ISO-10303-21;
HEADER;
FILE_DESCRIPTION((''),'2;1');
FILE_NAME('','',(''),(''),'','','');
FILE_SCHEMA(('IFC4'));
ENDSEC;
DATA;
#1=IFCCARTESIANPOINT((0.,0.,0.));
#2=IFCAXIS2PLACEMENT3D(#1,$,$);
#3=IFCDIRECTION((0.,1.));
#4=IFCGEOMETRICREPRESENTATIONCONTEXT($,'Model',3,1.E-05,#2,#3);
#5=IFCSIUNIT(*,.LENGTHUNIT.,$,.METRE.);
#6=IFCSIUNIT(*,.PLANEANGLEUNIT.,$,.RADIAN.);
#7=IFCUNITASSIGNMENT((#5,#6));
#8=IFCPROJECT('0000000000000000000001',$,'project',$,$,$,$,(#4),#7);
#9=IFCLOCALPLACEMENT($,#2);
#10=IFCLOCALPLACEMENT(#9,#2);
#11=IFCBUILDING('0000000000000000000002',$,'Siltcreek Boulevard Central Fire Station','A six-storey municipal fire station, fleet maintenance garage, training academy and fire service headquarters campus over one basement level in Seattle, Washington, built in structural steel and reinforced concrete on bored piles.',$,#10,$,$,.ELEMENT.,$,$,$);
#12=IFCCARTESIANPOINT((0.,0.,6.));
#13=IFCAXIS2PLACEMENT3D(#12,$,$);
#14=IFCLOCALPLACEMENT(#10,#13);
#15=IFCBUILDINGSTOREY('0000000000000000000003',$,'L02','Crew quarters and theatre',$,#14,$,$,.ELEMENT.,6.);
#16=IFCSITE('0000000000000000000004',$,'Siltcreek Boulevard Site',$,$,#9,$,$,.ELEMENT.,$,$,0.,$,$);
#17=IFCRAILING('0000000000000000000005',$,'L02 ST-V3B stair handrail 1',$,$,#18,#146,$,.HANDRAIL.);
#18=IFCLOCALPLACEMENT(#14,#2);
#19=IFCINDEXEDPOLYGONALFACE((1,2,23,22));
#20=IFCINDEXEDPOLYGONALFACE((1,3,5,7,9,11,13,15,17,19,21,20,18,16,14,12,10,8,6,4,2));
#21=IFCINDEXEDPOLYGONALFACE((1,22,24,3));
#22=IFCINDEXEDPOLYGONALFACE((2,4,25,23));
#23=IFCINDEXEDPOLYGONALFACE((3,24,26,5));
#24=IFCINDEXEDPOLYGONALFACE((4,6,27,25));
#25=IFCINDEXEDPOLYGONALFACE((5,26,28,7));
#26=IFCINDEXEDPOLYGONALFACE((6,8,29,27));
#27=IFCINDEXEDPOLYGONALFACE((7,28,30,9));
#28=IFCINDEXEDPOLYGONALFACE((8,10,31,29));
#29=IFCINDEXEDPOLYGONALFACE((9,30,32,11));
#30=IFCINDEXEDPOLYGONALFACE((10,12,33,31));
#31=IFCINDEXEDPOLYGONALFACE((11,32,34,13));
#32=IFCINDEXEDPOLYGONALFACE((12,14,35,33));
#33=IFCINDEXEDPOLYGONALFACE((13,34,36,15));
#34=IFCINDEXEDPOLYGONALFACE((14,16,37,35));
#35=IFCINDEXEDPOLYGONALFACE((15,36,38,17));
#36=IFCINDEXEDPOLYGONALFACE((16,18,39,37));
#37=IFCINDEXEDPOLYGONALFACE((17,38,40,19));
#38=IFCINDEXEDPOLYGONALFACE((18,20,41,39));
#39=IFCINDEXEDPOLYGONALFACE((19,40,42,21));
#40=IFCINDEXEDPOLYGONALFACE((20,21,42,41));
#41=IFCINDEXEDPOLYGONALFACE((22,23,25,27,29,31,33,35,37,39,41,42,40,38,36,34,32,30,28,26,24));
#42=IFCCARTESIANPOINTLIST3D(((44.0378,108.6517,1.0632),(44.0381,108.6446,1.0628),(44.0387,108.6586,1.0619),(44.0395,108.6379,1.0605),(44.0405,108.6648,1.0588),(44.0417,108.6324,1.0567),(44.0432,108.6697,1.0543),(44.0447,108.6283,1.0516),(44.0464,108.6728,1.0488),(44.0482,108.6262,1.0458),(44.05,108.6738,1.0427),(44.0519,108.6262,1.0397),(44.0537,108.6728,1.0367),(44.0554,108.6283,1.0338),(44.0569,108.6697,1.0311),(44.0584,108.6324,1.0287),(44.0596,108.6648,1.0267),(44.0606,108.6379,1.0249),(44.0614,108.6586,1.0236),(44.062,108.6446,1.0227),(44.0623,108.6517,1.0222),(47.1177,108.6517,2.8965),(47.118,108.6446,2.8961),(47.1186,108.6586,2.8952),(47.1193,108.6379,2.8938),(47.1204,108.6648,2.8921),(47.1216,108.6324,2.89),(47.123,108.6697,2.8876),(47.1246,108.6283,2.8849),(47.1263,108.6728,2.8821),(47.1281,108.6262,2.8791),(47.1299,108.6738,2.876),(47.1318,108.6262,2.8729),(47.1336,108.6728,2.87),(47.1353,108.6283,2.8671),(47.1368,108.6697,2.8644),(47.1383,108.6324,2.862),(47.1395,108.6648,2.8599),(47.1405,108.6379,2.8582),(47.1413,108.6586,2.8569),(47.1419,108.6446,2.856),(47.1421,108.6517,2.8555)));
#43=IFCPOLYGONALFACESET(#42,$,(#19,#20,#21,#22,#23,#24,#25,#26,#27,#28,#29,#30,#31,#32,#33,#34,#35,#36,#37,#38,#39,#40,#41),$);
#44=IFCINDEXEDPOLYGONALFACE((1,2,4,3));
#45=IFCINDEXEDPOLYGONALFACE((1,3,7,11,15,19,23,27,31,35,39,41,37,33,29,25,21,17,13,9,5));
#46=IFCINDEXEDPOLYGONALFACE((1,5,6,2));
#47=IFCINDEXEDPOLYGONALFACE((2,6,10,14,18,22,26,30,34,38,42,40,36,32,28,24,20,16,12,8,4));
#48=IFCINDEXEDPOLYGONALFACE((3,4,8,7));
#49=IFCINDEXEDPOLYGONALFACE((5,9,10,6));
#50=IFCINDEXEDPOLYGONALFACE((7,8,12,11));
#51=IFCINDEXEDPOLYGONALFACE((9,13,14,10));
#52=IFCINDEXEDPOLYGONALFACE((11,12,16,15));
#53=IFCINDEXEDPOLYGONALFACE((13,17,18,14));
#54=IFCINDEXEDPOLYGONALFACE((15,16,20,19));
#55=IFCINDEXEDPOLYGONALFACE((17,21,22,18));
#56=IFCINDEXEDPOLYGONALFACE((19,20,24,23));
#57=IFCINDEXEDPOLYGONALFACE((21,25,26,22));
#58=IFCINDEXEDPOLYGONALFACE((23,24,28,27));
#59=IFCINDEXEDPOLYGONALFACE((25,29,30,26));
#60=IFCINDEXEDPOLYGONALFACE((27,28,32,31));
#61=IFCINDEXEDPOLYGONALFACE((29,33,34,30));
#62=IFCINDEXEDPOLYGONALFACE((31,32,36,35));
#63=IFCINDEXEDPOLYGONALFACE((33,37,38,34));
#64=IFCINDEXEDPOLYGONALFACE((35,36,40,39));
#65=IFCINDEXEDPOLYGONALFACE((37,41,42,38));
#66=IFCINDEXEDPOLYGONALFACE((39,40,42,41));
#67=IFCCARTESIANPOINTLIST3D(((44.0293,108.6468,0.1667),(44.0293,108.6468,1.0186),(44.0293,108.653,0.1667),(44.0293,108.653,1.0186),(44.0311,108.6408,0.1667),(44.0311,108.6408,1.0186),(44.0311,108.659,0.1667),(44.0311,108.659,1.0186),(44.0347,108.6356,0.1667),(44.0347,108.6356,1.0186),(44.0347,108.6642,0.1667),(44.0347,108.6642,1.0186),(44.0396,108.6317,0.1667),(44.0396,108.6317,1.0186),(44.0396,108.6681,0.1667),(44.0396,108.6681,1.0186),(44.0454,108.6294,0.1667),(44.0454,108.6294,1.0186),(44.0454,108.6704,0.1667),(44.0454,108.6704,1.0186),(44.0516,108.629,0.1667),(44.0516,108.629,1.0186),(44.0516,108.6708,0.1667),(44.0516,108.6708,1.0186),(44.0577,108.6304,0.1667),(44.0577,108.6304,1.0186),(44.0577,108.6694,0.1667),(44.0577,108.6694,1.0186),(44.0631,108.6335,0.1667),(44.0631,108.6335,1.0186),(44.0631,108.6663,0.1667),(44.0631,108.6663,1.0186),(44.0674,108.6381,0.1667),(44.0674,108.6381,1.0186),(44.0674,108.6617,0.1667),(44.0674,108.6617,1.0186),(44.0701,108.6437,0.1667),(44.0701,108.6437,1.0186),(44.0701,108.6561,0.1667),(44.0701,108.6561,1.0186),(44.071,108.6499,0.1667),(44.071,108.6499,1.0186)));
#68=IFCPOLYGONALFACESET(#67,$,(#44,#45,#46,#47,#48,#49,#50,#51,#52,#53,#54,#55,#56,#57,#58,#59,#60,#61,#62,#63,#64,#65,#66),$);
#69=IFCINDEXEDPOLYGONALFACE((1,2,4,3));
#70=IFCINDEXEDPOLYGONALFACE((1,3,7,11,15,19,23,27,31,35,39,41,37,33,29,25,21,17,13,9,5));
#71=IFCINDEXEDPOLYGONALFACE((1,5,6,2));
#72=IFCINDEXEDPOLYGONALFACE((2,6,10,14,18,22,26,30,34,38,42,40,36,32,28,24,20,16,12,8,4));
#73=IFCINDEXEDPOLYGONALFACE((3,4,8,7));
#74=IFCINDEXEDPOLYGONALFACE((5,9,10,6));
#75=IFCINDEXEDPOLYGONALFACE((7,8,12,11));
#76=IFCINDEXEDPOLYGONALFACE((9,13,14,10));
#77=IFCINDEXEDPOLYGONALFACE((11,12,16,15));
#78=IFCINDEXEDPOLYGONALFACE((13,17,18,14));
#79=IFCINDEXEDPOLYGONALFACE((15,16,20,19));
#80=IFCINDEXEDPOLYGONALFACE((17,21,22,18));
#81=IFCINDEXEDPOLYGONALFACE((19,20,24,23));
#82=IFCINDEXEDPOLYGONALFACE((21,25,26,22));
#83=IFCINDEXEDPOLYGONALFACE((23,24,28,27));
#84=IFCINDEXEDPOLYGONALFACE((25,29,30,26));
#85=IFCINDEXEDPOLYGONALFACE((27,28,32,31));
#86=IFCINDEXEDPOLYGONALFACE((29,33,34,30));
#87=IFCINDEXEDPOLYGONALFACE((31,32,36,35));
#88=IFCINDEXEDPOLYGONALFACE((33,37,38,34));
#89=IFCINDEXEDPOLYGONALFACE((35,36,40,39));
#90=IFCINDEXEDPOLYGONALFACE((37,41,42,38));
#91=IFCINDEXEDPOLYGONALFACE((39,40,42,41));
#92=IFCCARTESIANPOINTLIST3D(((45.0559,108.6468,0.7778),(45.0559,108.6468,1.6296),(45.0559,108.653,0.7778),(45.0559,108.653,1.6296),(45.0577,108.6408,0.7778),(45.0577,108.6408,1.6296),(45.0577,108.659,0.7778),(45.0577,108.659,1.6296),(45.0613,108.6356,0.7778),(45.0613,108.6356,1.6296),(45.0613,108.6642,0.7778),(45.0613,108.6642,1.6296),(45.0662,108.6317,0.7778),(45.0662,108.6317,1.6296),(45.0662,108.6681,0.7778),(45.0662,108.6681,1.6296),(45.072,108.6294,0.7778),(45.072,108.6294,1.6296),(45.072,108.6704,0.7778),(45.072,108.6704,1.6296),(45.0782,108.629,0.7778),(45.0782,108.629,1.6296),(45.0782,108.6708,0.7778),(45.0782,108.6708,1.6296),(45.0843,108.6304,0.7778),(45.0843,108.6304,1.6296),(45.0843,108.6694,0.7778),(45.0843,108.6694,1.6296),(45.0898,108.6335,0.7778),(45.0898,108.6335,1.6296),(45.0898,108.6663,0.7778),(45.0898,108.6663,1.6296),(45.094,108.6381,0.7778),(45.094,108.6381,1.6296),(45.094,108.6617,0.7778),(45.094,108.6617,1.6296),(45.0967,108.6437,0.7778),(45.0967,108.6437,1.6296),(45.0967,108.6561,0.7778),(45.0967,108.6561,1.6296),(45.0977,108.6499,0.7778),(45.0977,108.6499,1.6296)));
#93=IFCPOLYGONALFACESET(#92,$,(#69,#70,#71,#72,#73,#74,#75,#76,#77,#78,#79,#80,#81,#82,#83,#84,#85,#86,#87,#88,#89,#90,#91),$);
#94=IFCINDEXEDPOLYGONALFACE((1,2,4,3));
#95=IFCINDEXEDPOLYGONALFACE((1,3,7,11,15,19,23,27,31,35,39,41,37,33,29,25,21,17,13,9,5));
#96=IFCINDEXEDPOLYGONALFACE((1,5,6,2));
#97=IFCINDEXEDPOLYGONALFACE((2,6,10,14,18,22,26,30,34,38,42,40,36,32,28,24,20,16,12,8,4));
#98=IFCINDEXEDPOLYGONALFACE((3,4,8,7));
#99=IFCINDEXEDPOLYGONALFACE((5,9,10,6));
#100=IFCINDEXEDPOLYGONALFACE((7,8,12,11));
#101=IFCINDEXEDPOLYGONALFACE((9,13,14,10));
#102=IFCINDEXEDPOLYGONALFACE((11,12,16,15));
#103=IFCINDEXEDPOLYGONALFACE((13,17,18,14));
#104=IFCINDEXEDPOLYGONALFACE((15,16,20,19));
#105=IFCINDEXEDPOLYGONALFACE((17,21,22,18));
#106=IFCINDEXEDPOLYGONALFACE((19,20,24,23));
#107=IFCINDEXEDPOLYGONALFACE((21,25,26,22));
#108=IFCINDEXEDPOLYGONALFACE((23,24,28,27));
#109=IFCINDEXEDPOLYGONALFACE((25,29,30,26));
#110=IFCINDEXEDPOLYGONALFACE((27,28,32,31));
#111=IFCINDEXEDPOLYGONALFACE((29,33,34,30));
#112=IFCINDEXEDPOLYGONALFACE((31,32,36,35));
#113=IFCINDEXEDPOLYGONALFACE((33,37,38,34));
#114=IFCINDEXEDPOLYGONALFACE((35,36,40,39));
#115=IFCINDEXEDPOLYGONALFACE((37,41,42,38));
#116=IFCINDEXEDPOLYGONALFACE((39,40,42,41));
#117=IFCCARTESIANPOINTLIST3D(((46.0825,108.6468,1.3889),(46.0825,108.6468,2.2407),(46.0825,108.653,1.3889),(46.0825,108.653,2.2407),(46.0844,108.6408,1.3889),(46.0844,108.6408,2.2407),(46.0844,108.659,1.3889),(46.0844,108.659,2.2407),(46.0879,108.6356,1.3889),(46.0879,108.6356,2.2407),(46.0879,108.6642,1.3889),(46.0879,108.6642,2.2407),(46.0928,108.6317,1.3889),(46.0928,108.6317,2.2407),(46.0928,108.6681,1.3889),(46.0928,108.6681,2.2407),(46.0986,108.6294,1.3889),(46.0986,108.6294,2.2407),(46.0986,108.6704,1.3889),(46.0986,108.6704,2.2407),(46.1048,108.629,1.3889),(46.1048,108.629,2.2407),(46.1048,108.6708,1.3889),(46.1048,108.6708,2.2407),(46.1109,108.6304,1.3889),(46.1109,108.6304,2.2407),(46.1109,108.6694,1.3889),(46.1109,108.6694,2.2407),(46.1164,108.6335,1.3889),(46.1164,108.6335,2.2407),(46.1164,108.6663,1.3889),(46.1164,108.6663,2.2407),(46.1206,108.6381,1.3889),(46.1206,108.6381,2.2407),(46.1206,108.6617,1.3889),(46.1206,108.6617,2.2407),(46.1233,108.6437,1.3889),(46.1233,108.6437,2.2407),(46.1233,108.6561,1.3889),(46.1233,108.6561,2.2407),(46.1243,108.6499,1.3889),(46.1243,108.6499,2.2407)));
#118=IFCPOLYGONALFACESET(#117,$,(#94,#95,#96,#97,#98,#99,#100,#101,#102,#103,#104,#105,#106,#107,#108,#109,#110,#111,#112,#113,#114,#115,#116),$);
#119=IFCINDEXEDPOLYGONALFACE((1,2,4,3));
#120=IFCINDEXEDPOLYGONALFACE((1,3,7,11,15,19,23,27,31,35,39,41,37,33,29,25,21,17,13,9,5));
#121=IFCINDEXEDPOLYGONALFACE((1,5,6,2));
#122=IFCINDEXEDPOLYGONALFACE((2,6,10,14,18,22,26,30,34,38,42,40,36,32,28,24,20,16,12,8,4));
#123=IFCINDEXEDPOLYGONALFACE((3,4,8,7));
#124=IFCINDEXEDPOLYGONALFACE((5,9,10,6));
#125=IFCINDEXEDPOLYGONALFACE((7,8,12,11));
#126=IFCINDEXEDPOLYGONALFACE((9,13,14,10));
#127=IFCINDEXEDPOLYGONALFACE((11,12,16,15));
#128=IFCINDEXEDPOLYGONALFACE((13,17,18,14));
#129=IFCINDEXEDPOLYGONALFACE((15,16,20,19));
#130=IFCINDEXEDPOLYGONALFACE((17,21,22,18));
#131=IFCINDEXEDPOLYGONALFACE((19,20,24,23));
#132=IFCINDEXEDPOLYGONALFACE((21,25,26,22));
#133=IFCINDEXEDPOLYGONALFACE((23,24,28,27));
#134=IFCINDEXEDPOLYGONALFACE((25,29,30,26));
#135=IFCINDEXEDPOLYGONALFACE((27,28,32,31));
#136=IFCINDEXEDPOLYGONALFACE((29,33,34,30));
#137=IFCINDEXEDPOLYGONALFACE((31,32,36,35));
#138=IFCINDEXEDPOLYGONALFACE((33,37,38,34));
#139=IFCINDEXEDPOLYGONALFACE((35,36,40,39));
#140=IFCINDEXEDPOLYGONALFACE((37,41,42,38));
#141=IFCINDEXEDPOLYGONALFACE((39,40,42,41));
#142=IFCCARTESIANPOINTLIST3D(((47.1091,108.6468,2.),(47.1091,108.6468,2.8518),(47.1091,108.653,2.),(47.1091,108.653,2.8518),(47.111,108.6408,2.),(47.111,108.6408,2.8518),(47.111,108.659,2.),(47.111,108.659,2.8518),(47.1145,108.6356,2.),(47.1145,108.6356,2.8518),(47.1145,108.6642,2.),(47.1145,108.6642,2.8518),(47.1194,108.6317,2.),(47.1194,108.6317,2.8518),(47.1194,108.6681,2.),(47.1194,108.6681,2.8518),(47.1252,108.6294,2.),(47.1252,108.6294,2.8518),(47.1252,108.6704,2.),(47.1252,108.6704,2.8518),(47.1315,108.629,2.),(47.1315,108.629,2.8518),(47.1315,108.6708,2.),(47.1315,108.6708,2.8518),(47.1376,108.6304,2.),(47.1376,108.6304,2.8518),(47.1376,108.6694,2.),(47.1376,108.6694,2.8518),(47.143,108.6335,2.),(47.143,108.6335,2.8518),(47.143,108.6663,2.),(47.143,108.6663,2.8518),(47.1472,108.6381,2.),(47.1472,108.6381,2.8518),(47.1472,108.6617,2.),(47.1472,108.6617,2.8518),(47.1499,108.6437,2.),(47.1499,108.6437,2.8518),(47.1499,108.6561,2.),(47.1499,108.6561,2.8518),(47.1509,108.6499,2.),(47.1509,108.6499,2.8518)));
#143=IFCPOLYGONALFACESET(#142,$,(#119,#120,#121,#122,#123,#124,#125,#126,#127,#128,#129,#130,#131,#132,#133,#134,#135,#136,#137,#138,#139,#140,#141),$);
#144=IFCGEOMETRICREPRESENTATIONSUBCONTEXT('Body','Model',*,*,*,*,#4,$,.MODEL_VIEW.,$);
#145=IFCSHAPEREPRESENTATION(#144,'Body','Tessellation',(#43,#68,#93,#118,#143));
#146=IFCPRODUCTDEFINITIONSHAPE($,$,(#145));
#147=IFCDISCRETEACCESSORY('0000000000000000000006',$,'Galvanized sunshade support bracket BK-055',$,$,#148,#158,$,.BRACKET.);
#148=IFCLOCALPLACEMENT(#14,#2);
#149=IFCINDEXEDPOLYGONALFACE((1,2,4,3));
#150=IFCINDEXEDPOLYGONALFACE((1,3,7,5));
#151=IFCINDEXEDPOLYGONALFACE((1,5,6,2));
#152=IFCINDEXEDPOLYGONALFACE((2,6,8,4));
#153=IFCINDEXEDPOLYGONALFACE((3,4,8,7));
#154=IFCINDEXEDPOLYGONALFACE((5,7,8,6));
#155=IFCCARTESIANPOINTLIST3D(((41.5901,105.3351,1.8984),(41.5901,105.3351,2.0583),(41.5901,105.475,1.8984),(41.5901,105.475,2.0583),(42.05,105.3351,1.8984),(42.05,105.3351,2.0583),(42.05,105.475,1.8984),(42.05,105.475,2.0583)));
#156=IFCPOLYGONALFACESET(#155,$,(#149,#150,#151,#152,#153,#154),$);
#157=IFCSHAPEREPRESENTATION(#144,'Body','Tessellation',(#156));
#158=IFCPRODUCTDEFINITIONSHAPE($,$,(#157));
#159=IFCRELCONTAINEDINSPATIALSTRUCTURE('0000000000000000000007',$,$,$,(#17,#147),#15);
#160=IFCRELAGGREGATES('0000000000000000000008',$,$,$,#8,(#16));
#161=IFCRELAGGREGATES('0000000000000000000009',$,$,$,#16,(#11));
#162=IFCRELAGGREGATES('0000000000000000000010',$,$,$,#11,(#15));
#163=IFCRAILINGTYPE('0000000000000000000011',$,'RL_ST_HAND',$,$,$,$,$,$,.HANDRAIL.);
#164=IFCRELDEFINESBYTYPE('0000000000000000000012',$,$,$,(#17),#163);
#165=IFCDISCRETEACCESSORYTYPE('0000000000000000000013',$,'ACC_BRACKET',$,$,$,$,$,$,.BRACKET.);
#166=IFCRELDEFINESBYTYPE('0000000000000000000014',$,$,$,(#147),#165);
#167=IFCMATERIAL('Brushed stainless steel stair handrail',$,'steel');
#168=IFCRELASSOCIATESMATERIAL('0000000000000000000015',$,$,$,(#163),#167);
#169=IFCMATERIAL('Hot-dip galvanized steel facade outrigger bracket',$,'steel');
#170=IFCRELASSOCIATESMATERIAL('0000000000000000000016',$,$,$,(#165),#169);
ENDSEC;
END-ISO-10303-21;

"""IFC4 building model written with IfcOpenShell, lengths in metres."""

from ifc_helpers import new_model, si_unit, direction, frame, origin, origin_2d, place, context, subcontext, project, spatial, rectangle, circle, extrude, material, type_object, element, save


model = new_model("IFC4")

# Units and contexts
model_context = context("Model", 3, precision=1e-05, world=origin(), true_north=direction((0.0, 1.0)))
body_context = subcontext(model_context, "Body", "Model", "MODEL_VIEW")
ifc_project = project(units=[si_unit("LENGTHUNIT", "METRE"), si_unit("PLANEANGLEUNIT", "RADIAN")], contexts=[model_context])

# Site, building, storey
site_placement = place(None, origin())
site = spatial("IfcSite", under=ifc_project, at=site_placement, Name="Siltcreek Boulevard Site", CompositionType="ELEMENT", RefElevation=0.0)
building_placement = place(site_placement, origin())
building = spatial("IfcBuilding", under=site, at=building_placement, Name="Siltcreek Boulevard Central Fire Station", Description="A six-storey municipal fire station, fleet maintenance garage, training academy and fire service headquarters campus over one basement level in Seattle, Washington, built in structural steel and reinforced concrete on bored piles.", CompositionType="ELEMENT")
storey_placement = place(building_placement, frame((0.0, 0.0, 6.0)))
storey = spatial("IfcBuildingStorey", under=building, at=storey_placement, Name="L02", Description="Crew quarters and theatre", CompositionType="ELEMENT", Elevation=6.0)

# Railing
ifc_material_1 = material(Name="Brushed stainless steel stair handrail", Category="steel")
railing_type_1 = type_object("IfcRailingType", Name="RL_ST_HAND", PredefinedType="HANDRAIL", material=ifc_material_1)
railing_1_placement = place(storey_placement, frame((44.05, 108.6499, 0.1667)))
element("IfcRailing", 1, at=railing_1_placement, inside=storey, type_object=railing_type_1, Name="L02 ST-V3B stair handrail 1", PredefinedType="HANDRAIL", context=body_context, shape_type="SweptSolid", body=[
    extrude(circle(Radius=0.0239, at=origin_2d()), frame((0.0, 0.0, 0.876), z_axis=(0.859291, 0.0, 0.511487), x_axis=(0.0, 1.0, 0.0)), (0.0, 0.0, 1.0), 3.5842),
    extrude(circle(Radius=0.021, at=origin_2d()), origin(), (0.0, 0.0, 1.0), 0.8518),
    extrude(circle(Radius=0.021, at=origin_2d()), frame((1.0266, 0.0, 0.6111)), (0.0, 0.0, 1.0), 0.8518),
    extrude(circle(Radius=0.021, at=origin_2d()), frame((2.0532, 0.0, 1.2222)), (0.0, 0.0, 1.0), 0.8518),
    extrude(circle(Radius=0.021, at=origin_2d()), frame((3.0798, 0.0, 1.8333)), (0.0, 0.0, 1.0), 0.8518),
])

# Discrete accessory
ifc_material_2 = material(Name="Hot-dip galvanized steel facade outrigger bracket", Category="steel")
discrete_accessory_type = type_object("IfcDiscreteAccessoryType", Name="ACC_BRACKET", PredefinedType="BRACKET", material=ifc_material_2)
discrete_accessory_placement = place(storey_placement, frame((41.8201, 105.405, 1.8984), z_axis=(0.0, 0.0, 1.0), x_axis=(0.0, -1.0, 0.0)))
element("IfcDiscreteAccessory", 2, at=discrete_accessory_placement, inside=storey, type_object=discrete_accessory_type, Name="Galvanized sunshade support bracket BK-055", PredefinedType="BRACKET", context=body_context, shape_type="SweptSolid", body=[
    extrude(rectangle(XDim=0.1399, YDim=0.46, at=origin_2d()), origin(), (0.0, 0.0, 1.0), 0.1599),
])

save(model, "model.ifc")
